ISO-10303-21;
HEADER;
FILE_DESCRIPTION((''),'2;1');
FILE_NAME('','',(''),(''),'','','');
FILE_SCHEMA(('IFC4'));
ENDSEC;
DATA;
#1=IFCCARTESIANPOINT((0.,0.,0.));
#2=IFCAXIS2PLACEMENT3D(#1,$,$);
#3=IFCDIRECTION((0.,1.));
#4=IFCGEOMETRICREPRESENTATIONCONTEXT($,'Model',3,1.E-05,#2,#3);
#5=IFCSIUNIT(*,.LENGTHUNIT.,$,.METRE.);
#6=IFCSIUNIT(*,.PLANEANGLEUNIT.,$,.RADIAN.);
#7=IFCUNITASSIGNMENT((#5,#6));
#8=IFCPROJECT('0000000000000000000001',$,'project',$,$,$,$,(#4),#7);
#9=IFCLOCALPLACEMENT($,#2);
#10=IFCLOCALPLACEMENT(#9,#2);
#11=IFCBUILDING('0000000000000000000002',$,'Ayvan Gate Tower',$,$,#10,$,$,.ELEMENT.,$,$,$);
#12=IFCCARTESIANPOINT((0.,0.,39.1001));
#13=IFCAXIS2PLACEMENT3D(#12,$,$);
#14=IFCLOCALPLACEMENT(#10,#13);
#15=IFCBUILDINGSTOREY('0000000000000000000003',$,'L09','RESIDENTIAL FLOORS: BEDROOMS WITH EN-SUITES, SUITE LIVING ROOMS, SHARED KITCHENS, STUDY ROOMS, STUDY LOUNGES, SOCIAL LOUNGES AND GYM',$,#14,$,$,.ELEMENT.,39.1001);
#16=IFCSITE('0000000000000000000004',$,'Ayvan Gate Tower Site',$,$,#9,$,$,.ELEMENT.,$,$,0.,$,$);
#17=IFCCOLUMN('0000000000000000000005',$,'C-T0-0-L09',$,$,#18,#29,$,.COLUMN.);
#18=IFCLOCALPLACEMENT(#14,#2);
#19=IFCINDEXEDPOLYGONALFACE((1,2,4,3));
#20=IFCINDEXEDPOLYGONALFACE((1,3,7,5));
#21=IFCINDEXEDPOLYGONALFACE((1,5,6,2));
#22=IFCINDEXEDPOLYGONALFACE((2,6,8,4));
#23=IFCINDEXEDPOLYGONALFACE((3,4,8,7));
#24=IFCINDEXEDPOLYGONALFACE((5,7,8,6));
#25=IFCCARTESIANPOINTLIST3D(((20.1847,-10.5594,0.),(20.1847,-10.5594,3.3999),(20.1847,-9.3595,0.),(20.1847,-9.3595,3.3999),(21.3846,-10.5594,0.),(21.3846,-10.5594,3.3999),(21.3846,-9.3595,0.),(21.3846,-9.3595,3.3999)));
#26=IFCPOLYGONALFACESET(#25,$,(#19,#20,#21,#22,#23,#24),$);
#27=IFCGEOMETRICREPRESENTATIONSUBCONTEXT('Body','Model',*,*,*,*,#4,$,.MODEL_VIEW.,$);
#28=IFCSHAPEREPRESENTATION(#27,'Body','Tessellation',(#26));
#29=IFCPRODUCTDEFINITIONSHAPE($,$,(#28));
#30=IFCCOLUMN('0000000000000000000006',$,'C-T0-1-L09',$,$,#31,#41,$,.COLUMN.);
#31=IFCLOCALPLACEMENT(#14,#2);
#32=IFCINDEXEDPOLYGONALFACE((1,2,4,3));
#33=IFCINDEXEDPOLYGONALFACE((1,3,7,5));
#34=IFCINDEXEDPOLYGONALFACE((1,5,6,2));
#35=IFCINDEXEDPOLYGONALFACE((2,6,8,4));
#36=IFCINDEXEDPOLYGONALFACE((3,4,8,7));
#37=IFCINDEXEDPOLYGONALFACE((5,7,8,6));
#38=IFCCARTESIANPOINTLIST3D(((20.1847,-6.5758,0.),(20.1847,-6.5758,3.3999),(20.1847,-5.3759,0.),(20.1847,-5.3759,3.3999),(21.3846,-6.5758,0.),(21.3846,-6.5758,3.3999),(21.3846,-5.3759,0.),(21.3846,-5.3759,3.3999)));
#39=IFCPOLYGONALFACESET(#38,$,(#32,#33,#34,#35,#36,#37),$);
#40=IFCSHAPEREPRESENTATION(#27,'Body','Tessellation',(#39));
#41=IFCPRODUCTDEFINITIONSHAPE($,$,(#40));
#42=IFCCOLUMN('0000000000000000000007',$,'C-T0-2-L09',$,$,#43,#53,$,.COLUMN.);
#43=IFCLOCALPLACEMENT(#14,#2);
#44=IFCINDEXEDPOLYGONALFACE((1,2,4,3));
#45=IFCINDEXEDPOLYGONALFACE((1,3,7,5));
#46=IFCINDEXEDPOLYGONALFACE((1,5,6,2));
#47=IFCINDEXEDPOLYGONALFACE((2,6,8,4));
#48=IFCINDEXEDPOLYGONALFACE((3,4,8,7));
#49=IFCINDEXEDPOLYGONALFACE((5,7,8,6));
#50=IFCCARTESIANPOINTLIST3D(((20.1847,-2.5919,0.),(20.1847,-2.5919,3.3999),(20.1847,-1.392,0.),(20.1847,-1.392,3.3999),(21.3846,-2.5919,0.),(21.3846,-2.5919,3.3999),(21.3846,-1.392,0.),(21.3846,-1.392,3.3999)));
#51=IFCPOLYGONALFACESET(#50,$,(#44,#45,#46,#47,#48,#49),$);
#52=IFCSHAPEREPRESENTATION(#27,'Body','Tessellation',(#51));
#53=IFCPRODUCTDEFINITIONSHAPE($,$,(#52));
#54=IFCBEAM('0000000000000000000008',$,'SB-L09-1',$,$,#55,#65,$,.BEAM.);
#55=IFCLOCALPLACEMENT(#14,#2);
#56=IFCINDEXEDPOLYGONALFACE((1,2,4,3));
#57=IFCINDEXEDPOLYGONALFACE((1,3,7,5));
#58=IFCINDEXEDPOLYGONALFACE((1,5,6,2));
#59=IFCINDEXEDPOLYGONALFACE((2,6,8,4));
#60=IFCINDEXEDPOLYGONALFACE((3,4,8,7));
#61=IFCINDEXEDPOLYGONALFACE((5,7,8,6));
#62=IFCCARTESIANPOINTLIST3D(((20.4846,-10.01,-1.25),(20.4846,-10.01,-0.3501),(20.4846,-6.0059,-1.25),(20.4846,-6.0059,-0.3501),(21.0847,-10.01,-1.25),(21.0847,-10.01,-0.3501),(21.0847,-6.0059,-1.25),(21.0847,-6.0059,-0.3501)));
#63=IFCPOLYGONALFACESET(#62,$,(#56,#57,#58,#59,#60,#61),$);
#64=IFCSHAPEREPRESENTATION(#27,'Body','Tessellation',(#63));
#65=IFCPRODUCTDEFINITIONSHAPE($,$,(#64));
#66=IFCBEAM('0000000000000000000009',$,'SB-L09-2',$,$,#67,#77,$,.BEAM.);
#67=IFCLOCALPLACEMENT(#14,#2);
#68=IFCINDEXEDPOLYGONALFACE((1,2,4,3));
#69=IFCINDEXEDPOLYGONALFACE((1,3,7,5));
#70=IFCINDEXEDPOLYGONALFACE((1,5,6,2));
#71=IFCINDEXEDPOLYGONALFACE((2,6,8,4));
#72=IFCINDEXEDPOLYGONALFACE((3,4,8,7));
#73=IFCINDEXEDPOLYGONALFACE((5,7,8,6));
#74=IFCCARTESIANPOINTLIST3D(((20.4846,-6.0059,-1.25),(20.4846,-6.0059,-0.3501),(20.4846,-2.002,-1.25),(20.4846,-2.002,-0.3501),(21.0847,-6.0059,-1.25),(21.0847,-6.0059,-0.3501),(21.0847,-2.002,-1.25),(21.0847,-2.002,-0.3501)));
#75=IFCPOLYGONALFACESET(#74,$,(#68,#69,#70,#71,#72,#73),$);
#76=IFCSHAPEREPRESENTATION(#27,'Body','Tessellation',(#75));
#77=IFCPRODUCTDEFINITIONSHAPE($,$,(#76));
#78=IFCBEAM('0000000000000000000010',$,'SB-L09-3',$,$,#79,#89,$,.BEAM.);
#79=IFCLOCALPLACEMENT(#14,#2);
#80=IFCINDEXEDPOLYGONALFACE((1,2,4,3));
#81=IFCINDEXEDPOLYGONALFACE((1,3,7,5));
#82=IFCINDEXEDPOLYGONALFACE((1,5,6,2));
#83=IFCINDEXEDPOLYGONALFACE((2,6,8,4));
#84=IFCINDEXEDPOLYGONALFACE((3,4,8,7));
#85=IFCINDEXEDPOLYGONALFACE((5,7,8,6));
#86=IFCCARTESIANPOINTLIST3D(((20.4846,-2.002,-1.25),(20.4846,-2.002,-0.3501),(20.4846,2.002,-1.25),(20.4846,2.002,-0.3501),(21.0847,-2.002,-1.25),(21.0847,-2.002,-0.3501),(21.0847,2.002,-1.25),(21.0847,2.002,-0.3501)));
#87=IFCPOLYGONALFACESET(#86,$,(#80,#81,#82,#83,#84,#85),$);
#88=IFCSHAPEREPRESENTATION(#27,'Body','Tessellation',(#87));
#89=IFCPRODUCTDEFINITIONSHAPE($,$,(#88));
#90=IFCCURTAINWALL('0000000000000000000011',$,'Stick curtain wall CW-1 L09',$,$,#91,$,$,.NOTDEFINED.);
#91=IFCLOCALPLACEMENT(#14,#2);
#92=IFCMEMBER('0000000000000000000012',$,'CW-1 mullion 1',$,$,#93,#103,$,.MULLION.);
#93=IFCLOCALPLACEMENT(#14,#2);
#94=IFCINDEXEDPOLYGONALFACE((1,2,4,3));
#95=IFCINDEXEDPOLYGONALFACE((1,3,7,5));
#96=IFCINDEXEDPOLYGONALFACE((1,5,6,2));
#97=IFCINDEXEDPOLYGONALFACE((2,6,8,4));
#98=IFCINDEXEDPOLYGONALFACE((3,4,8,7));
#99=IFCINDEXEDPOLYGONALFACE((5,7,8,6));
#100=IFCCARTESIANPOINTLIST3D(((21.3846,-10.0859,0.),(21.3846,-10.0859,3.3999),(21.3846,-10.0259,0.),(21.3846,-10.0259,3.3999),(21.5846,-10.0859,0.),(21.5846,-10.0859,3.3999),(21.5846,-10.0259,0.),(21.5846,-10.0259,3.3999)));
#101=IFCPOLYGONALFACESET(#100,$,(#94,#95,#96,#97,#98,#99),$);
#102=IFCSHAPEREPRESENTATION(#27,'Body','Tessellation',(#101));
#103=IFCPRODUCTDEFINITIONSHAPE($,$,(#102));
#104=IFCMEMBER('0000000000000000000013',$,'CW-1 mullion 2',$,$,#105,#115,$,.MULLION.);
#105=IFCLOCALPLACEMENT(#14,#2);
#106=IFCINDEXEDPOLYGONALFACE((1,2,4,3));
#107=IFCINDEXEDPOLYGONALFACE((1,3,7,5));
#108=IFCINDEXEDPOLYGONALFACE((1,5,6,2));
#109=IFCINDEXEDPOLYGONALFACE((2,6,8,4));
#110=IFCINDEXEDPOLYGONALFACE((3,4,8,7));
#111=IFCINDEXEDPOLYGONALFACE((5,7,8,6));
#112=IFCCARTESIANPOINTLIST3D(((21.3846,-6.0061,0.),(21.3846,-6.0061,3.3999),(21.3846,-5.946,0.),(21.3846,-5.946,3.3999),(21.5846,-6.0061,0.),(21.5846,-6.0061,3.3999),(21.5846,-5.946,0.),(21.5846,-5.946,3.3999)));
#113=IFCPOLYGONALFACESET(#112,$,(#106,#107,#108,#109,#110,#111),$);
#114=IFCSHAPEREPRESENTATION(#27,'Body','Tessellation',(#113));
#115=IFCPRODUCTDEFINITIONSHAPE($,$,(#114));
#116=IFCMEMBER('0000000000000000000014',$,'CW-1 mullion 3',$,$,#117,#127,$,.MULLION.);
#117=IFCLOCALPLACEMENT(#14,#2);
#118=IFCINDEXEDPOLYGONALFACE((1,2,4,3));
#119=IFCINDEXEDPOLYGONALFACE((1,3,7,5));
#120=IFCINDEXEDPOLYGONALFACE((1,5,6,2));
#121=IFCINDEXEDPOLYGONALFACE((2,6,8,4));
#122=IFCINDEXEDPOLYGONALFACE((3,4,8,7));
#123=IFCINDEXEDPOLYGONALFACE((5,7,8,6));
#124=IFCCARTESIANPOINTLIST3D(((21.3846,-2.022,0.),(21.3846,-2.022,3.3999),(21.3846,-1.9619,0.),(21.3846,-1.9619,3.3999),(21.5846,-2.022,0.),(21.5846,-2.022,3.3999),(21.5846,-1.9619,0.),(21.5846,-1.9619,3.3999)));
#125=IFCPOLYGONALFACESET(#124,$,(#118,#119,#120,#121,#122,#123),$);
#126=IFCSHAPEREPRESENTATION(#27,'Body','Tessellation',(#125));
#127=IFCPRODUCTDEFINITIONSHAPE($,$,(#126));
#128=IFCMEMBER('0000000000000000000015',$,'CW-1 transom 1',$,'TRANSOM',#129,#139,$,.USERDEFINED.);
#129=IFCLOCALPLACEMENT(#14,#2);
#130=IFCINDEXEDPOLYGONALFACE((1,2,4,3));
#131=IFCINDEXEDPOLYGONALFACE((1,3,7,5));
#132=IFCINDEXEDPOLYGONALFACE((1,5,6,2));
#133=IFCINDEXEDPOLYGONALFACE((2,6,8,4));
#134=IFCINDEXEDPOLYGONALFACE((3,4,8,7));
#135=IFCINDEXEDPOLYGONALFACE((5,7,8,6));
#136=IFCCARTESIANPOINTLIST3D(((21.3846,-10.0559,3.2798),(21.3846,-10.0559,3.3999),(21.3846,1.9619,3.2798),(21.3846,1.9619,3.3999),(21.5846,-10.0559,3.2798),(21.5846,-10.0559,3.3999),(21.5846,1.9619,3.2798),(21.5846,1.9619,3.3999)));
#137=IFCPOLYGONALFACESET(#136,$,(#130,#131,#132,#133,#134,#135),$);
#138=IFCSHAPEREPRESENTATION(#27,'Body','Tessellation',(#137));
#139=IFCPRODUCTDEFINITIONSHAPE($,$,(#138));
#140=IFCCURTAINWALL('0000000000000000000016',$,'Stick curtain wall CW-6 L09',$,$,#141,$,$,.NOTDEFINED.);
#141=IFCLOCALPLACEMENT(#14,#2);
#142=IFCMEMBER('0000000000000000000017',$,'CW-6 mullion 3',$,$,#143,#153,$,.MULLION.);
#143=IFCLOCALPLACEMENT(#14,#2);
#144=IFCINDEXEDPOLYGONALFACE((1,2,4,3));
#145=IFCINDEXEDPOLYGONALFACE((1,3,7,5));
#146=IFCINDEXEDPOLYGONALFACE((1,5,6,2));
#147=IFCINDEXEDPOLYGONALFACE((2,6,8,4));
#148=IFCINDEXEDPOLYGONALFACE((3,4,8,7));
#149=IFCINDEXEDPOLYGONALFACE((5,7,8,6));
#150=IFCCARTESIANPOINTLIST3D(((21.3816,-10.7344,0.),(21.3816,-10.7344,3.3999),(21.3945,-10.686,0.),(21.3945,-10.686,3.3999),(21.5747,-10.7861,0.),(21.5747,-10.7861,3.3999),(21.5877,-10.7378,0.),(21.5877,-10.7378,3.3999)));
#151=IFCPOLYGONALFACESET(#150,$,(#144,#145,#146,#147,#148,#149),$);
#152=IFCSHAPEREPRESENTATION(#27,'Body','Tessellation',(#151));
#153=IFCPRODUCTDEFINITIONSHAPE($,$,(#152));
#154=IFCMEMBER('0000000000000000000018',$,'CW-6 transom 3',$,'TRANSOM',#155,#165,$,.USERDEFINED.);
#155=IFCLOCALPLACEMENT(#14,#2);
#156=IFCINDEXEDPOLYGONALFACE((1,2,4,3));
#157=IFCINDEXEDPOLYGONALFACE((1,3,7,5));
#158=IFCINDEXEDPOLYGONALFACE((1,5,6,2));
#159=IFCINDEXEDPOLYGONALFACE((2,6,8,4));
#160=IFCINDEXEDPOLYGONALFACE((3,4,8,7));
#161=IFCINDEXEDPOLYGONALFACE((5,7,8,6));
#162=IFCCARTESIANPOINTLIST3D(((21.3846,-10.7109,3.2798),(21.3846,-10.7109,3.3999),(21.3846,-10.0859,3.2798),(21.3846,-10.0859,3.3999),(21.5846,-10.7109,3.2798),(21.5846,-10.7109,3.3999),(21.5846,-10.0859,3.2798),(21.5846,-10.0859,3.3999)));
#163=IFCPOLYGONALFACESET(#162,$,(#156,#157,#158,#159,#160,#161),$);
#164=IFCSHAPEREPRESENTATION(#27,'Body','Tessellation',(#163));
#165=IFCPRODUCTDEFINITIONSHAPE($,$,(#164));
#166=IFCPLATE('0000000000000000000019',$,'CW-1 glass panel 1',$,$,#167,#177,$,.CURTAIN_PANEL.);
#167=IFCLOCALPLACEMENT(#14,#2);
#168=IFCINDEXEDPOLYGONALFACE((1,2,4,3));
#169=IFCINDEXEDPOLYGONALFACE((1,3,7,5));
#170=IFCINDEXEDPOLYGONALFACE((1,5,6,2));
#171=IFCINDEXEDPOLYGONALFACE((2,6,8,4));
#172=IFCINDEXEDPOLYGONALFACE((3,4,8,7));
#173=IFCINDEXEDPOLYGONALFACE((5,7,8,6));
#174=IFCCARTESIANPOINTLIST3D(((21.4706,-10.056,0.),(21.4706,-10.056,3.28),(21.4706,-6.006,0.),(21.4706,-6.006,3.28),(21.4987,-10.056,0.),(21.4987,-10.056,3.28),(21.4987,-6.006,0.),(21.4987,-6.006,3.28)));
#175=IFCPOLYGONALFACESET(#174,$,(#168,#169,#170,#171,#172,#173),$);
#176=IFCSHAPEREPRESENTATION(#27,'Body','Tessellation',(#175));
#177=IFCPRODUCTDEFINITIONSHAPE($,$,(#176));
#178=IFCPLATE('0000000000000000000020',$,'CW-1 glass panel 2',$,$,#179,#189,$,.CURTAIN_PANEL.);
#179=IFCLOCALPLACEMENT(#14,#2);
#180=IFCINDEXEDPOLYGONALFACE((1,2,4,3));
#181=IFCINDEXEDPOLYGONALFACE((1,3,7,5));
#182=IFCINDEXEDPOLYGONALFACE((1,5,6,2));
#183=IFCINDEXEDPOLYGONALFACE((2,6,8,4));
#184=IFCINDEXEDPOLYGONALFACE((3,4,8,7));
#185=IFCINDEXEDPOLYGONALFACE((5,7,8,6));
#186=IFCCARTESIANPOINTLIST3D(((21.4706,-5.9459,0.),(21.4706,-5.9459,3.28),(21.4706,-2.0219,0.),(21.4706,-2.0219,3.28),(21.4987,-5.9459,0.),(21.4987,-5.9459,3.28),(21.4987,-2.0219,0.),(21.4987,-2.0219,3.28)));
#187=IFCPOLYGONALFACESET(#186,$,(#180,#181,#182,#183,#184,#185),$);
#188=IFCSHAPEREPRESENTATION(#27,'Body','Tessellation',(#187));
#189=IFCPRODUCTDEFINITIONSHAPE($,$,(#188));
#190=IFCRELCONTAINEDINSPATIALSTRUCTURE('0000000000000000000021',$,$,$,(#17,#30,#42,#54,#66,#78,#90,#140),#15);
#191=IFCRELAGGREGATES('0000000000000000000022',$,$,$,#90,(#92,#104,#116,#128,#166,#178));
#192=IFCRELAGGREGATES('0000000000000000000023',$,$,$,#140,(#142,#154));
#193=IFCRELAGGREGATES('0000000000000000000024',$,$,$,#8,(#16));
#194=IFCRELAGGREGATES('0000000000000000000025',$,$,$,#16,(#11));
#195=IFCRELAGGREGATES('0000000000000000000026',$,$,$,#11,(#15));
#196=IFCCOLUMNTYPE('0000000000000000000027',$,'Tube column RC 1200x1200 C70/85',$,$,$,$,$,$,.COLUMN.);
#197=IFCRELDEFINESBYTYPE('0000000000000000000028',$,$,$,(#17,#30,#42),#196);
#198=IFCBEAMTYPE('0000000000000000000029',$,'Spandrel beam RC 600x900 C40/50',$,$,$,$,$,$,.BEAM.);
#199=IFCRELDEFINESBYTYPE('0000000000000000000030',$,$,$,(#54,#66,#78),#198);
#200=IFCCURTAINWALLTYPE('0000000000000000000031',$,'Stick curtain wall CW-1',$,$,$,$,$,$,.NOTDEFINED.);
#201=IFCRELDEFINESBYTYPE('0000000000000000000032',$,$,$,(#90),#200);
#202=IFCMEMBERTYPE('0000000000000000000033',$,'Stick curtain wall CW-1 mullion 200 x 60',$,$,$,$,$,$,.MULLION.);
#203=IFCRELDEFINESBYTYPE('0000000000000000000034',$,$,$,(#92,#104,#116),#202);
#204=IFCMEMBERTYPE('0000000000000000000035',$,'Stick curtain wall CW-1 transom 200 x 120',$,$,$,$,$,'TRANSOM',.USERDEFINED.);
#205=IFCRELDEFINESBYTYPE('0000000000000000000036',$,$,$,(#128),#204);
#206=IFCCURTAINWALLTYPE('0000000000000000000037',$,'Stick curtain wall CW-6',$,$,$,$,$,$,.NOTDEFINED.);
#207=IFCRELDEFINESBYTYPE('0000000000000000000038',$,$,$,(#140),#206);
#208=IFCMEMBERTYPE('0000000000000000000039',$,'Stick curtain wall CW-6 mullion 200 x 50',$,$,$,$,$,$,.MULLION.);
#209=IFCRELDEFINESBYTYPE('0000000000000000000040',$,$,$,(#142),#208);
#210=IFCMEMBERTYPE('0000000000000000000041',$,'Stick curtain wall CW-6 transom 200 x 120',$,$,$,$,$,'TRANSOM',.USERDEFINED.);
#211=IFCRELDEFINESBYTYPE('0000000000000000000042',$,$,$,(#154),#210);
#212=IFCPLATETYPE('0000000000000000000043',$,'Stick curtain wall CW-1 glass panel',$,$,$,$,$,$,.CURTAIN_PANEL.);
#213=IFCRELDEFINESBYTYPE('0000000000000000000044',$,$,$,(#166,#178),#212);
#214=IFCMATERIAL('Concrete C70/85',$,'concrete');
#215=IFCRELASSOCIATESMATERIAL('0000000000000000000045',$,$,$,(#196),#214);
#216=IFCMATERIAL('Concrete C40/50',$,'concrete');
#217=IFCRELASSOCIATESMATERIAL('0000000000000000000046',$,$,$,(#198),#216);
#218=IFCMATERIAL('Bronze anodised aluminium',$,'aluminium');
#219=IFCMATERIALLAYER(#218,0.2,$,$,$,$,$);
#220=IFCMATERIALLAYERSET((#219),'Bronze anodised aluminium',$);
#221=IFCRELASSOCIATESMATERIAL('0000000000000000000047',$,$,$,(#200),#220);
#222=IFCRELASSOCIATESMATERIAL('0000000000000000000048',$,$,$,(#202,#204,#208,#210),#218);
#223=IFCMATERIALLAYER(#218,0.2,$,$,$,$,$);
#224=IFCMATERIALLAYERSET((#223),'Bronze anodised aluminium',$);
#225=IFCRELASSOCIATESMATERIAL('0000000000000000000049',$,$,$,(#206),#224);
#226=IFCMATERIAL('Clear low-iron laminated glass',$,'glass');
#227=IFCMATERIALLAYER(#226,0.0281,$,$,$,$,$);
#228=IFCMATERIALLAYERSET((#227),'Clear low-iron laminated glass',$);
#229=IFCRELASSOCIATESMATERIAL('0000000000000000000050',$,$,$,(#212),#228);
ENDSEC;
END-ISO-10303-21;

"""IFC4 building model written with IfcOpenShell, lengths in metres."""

from ifc_helpers import new_model, si_unit, direction, frame, origin, origin_2d, place, context, subcontext, project, spatial, rectangle, extrude, material, layer, layer_set, material_profile, profile_set, type_object, element, aggregate, save


model = new_model("IFC4")

# Units and contexts
model_context = context("Model", 3, precision=1e-05, world=origin(), true_north=direction((0.0, 1.0)))
body_context = subcontext(model_context, "Body", "Model", "MODEL_VIEW")
ifc_project = project(units=[si_unit("LENGTHUNIT", "METRE"), si_unit("PLANEANGLEUNIT", "RADIAN")], contexts=[model_context])

# Site, building, storey
site_placement = place(None, origin())
site = spatial("IfcSite", under=ifc_project, at=site_placement, Name="Ayvan Gate Tower Site", CompositionType="ELEMENT", RefElevation=0.0)
building_placement = place(site_placement, origin())
building = spatial("IfcBuilding", under=site, at=building_placement, Name="Ayvan Gate Tower", CompositionType="ELEMENT")
storey_placement = place(building_placement, frame((0.0, 0.0, 39.1001)))
storey = spatial("IfcBuildingStorey", under=building, at=storey_placement, Name="L09", Description="RESIDENTIAL FLOORS: BEDROOMS WITH EN-SUITES, SUITE LIVING ROOMS, SHARED KITCHENS, STUDY ROOMS, STUDY LOUNGES, SOCIAL LOUNGES AND GYM", CompositionType="ELEMENT", Elevation=39.1001)

# Columns
ifc_material_1 = material(Name="Concrete C70/85", Category="concrete")
ifc_material_profile_1 = material_profile(ifc_material_1, rectangle(XDim=1.2, YDim=1.2, at=origin_2d()), Name="RC 1200x1200")
ifc_profile_set_1 = profile_set([ifc_material_profile_1], Name="Concrete C70/85")
column_type = type_object("IfcColumnType", Name="Tube column RC 1200x1200 C70/85", PredefinedType="COLUMN", material=ifc_profile_set_1)
for number, where, z_axis, x_axis, name in (
    (1, (20.7847, -9.9595, 0.0), (0.0, 0.0, 1.0), (1.0, 0.0, 0.0), "C-T0-0-L09"),
    (2, (20.7847, -5.9758, 0.0), (0.0, 0.0, 1.0), (1.0, 0.0, 0.0), "C-T0-1-L09"),
    (3, (20.7847, -1.9919, 0.0), (0.0, 0.0, 1.0), (1.0, 0.0, 0.0), "C-T0-2-L09"),
):
    element("IfcColumn", number, at=place(storey_placement, frame(where, z_axis=z_axis, x_axis=x_axis)), inside=storey, type_object=column_type, Name=name, PredefinedType="COLUMN", context=body_context, shape_type="SweptSolid", body=[
        extrude(rectangle(XDim=1.2, YDim=1.2, at=origin_2d()), origin(), (0.0, 0.0, 1.0), 3.3999),
    ])

# Beams
ifc_material_2 = material(Name="Concrete C40/50", Category="concrete")
ifc_material_profile_2 = material_profile(ifc_material_2, rectangle(XDim=0.6001, YDim=0.8999, at=origin_2d()), Name="RC 600x900")
ifc_profile_set_2 = profile_set([ifc_material_profile_2], Name="Concrete C40/50")
beam_type = type_object("IfcBeamType", Name="Spandrel beam RC 600x900 C40/50", PredefinedType="BEAM", material=ifc_profile_set_2)
beam_placement = place(storey_placement, frame((20.7847, -10.01, -0.8), z_axis=(0.0, 1.0, 0.0), x_axis=(-1.0, 0.0, 0.0)))
element("IfcBeam", 4, at=beam_placement, inside=storey, type_object=beam_type, Name="SB-L09-1", PredefinedType="BEAM", context=body_context, shape_type="SweptSolid", body=[
    extrude(rectangle(XDim=0.6001, YDim=0.8999, at=origin_2d()), origin(), (0.0, 0.0, 1.0), 4.0042),
])
for number, where, z_axis, x_axis, name in (
    (5, (20.7847, -6.0059, -0.8), (0.0, 1.0, 0.0), (-1.0, 0.0, 0.0), "SB-L09-2"),
    (6, (20.7847, -2.002, -0.8), (0.0, 1.0, 0.0), (-1.0, 0.0, 0.0), "SB-L09-3"),
):
    element("IfcBeam", number, at=place(storey_placement, frame(where, z_axis=z_axis, x_axis=x_axis)), inside=storey, type_object=beam_type, Name=name, PredefinedType="BEAM", context=body_context, shape_type="SweptSolid", body=[
        extrude(rectangle(XDim=0.6001, YDim=0.8999, at=origin_2d()), origin(), (0.0, 0.0, 1.0), 4.0039),
    ])

# Curtain walls, members
ifc_material_3 = material(Name="Bronze anodised aluminium", Category="aluminium")
ifc_layer_1 = layer(ifc_material_3, 0.2)
ifc_layer_set_1 = layer_set([ifc_layer_1], Name="Bronze anodised aluminium")
curtain_wall_type_1 = type_object("IfcCurtainWallType", Name="Stick curtain wall CW-1", PredefinedType="NOTDEFINED", material=ifc_layer_set_1)
curtain_wall_1_placement = place(storey_placement, origin())
curtain_wall_1 = element("IfcCurtainWall", 7, at=curtain_wall_1_placement, inside=storey, type_object=curtain_wall_type_1, Name="Stick curtain wall CW-1 L09", PredefinedType="NOTDEFINED")
ifc_material_profile_3 = material_profile(ifc_material_3, rectangle(XDim=0.2, YDim=0.0601, at=origin_2d()), Name="Stick curtain wall CW-1 mullion 200 x 60")
ifc_profile_set_3 = profile_set([ifc_material_profile_3], Name="Bronze anodised aluminium")
member_type_1 = type_object("IfcMemberType", Name="Stick curtain wall CW-1 mullion 200 x 60", PredefinedType="MULLION", material=ifc_profile_set_3)
member_1_placement = place(storey_placement, frame((21.4846, -10.0559, 0.0), z_axis=(0.0, 0.0, 1.0), x_axis=(1.0, 0.0, 0.0)))
member_1 = element("IfcMember", 8, at=member_1_placement, type_object=member_type_1, Name="CW-1 mullion 1", PredefinedType="MULLION", context=body_context, shape_type="SweptSolid", body=[
    extrude(rectangle(XDim=0.2, YDim=0.0601, at=origin_2d()), origin(), (0.0, 0.0, 1.0), 3.3999),
])
member_2_placement = place(storey_placement, frame((21.4846, -5.9761, 0.0), z_axis=(0.0, 0.0, 1.0), x_axis=(1.0, 0.0, 0.0)))
member_2 = element("IfcMember", 9, at=member_2_placement, type_object=member_type_1, Name="CW-1 mullion 2", PredefinedType="MULLION", context=body_context, shape_type="SweptSolid", body=[
    extrude(rectangle(XDim=0.2, YDim=0.0601, at=origin_2d()), origin(), (0.0, 0.0, 1.0), 3.3999),
])
member_3_placement = place(storey_placement, frame((21.4846, -1.9919, 0.0), z_axis=(0.0, 0.0, 1.0), x_axis=(1.0, 0.0, 0.0)))
member_3 = element("IfcMember", 10, at=member_3_placement, type_object=member_type_1, Name="CW-1 mullion 3", PredefinedType="MULLION", context=body_context, shape_type="SweptSolid", body=[
    extrude(rectangle(XDim=0.2, YDim=0.0601, at=origin_2d()), origin(), (0.0, 0.0, 1.0), 3.3999),
])
ifc_material_profile_4 = material_profile(ifc_material_3, rectangle(XDim=0.2, YDim=0.1201, at=origin_2d()), Name="Stick curtain wall CW-1 transom 200 x 120")
ifc_profile_set_4 = profile_set([ifc_material_profile_4], Name="Bronze anodised aluminium")
member_type_2 = type_object("IfcMemberType", Name="Stick curtain wall CW-1 transom 200 x 120", ElementType="TRANSOM", PredefinedType="USERDEFINED", material=ifc_profile_set_4)
member_4_placement = place(storey_placement, frame((21.4846, -10.0559, 3.3398), z_axis=(0.0, 1.0, 0.0), x_axis=(-1.0, 0.0, 0.0)))
member_4 = element("IfcMember", 11, at=member_4_placement, type_object=member_type_2, Name="CW-1 transom 1", ObjectType="TRANSOM", PredefinedType="USERDEFINED", context=body_context, shape_type="SweptSolid", body=[
    extrude(rectangle(XDim=0.2, YDim=0.1201, at=origin_2d()), origin(), (0.0, 0.0, 1.0), 12.0178),
])
ifc_layer_2 = layer(ifc_material_3, 0.2)
ifc_layer_set_2 = layer_set([ifc_layer_2], Name="Bronze anodised aluminium")
curtain_wall_type_2 = type_object("IfcCurtainWallType", Name="Stick curtain wall CW-6", PredefinedType="NOTDEFINED", material=ifc_layer_set_2)
curtain_wall_2_placement = place(storey_placement, origin())
curtain_wall_2 = element("IfcCurtainWall", 12, at=curtain_wall_2_placement, inside=storey, type_object=curtain_wall_type_2, Name="Stick curtain wall CW-6 L09", PredefinedType="NOTDEFINED")
ifc_material_profile_5 = material_profile(ifc_material_3, rectangle(XDim=0.2, YDim=0.05, at=origin_2d()), Name="Stick curtain wall CW-6 mullion 200 x 50")
ifc_profile_set_5 = profile_set([ifc_material_profile_5], Name="Bronze anodised aluminium")
member_type_3 = type_object("IfcMemberType", Name="Stick curtain wall CW-6 mullion 200 x 50", PredefinedType="MULLION", material=ifc_profile_set_5)
member_5_placement = place(storey_placement, frame((21.4846, -10.7361, 0.0), z_axis=(0.0, 0.0, 1.0), x_axis=(0.965926, -0.258819, 0.0)))
member_5 = element("IfcMember", 13, at=member_5_placement, type_object=member_type_3, Name="CW-6 mullion 3", PredefinedType="MULLION", context=body_context, shape_type="SweptSolid", body=[
    extrude(rectangle(XDim=0.2, YDim=0.05, at=origin_2d()), origin(), (0.0, 0.0, 1.0), 3.3999),
])
ifc_material_profile_6 = material_profile(ifc_material_3, rectangle(XDim=0.2, YDim=0.1201, at=origin_2d()), Name="Stick curtain wall CW-6 transom 200 x 120")
ifc_profile_set_6 = profile_set([ifc_material_profile_6], Name="Bronze anodised aluminium")
member_type_4 = type_object("IfcMemberType", Name="Stick curtain wall CW-6 transom 200 x 120", ElementType="TRANSOM", PredefinedType="USERDEFINED", material=ifc_profile_set_6)
member_6_placement = place(storey_placement, frame((21.4846, -10.7109, 3.3398), z_axis=(0.0, 1.0, 0.0), x_axis=(-1.0, 0.0, 0.0)))
member_6 = element("IfcMember", 14, at=member_6_placement, type_object=member_type_4, Name="CW-6 transom 3", ObjectType="TRANSOM", PredefinedType="USERDEFINED", context=body_context, shape_type="SweptSolid", body=[
    extrude(rectangle(XDim=0.2, YDim=0.1201, at=origin_2d()), origin(), (0.0, 0.0, 1.0), 0.625),
])

# Plates
ifc_material_4 = material(Name="Clear low-iron laminated glass", Category="glass")
ifc_layer_3 = layer(ifc_material_4, 0.0281)
ifc_layer_set_3 = layer_set([ifc_layer_3], Name="Clear low-iron laminated glass")
plate_type_1 = type_object("IfcPlateType", Name="Stick curtain wall CW-1 glass panel", PredefinedType="CURTAIN_PANEL", material=ifc_layer_set_3)
plate_1_placement = place(storey_placement, frame((21.4846, -8.031, 0.0), z_axis=(0.0, 0.0, 1.0), x_axis=(0.0, 1.0, 0.0)))
plate_1 = element("IfcPlate", 15, at=plate_1_placement, type_object=plate_type_1, Name="CW-1 glass panel 1", PredefinedType="CURTAIN_PANEL", context=body_context, shape_type="SweptSolid", body=[
    extrude(rectangle(XDim=4.05, YDim=0.0281, at=origin_2d()), origin(), (0.0, 0.0, 1.0), 3.28),
])
plate_2_placement = place(storey_placement, frame((21.4846, -3.9839, 0.0), z_axis=(0.0, 0.0, 1.0), x_axis=(0.0, 1.0, 0.0)))
plate_2 = element("IfcPlate", 16, at=plate_2_placement, type_object=plate_type_1, Name="CW-1 glass panel 2", PredefinedType="CURTAIN_PANEL", context=body_context, shape_type="SweptSolid", body=[
    extrude(rectangle(XDim=3.9241, YDim=0.0281, at=origin_2d()), origin(), (0.0, 0.0, 1.0), 3.28),
])
aggregate(curtain_wall_1, [member_1, member_2, member_3, member_4, plate_1, plate_2])
aggregate(curtain_wall_2, [member_5, member_6])

save(model, "model.ifc")
